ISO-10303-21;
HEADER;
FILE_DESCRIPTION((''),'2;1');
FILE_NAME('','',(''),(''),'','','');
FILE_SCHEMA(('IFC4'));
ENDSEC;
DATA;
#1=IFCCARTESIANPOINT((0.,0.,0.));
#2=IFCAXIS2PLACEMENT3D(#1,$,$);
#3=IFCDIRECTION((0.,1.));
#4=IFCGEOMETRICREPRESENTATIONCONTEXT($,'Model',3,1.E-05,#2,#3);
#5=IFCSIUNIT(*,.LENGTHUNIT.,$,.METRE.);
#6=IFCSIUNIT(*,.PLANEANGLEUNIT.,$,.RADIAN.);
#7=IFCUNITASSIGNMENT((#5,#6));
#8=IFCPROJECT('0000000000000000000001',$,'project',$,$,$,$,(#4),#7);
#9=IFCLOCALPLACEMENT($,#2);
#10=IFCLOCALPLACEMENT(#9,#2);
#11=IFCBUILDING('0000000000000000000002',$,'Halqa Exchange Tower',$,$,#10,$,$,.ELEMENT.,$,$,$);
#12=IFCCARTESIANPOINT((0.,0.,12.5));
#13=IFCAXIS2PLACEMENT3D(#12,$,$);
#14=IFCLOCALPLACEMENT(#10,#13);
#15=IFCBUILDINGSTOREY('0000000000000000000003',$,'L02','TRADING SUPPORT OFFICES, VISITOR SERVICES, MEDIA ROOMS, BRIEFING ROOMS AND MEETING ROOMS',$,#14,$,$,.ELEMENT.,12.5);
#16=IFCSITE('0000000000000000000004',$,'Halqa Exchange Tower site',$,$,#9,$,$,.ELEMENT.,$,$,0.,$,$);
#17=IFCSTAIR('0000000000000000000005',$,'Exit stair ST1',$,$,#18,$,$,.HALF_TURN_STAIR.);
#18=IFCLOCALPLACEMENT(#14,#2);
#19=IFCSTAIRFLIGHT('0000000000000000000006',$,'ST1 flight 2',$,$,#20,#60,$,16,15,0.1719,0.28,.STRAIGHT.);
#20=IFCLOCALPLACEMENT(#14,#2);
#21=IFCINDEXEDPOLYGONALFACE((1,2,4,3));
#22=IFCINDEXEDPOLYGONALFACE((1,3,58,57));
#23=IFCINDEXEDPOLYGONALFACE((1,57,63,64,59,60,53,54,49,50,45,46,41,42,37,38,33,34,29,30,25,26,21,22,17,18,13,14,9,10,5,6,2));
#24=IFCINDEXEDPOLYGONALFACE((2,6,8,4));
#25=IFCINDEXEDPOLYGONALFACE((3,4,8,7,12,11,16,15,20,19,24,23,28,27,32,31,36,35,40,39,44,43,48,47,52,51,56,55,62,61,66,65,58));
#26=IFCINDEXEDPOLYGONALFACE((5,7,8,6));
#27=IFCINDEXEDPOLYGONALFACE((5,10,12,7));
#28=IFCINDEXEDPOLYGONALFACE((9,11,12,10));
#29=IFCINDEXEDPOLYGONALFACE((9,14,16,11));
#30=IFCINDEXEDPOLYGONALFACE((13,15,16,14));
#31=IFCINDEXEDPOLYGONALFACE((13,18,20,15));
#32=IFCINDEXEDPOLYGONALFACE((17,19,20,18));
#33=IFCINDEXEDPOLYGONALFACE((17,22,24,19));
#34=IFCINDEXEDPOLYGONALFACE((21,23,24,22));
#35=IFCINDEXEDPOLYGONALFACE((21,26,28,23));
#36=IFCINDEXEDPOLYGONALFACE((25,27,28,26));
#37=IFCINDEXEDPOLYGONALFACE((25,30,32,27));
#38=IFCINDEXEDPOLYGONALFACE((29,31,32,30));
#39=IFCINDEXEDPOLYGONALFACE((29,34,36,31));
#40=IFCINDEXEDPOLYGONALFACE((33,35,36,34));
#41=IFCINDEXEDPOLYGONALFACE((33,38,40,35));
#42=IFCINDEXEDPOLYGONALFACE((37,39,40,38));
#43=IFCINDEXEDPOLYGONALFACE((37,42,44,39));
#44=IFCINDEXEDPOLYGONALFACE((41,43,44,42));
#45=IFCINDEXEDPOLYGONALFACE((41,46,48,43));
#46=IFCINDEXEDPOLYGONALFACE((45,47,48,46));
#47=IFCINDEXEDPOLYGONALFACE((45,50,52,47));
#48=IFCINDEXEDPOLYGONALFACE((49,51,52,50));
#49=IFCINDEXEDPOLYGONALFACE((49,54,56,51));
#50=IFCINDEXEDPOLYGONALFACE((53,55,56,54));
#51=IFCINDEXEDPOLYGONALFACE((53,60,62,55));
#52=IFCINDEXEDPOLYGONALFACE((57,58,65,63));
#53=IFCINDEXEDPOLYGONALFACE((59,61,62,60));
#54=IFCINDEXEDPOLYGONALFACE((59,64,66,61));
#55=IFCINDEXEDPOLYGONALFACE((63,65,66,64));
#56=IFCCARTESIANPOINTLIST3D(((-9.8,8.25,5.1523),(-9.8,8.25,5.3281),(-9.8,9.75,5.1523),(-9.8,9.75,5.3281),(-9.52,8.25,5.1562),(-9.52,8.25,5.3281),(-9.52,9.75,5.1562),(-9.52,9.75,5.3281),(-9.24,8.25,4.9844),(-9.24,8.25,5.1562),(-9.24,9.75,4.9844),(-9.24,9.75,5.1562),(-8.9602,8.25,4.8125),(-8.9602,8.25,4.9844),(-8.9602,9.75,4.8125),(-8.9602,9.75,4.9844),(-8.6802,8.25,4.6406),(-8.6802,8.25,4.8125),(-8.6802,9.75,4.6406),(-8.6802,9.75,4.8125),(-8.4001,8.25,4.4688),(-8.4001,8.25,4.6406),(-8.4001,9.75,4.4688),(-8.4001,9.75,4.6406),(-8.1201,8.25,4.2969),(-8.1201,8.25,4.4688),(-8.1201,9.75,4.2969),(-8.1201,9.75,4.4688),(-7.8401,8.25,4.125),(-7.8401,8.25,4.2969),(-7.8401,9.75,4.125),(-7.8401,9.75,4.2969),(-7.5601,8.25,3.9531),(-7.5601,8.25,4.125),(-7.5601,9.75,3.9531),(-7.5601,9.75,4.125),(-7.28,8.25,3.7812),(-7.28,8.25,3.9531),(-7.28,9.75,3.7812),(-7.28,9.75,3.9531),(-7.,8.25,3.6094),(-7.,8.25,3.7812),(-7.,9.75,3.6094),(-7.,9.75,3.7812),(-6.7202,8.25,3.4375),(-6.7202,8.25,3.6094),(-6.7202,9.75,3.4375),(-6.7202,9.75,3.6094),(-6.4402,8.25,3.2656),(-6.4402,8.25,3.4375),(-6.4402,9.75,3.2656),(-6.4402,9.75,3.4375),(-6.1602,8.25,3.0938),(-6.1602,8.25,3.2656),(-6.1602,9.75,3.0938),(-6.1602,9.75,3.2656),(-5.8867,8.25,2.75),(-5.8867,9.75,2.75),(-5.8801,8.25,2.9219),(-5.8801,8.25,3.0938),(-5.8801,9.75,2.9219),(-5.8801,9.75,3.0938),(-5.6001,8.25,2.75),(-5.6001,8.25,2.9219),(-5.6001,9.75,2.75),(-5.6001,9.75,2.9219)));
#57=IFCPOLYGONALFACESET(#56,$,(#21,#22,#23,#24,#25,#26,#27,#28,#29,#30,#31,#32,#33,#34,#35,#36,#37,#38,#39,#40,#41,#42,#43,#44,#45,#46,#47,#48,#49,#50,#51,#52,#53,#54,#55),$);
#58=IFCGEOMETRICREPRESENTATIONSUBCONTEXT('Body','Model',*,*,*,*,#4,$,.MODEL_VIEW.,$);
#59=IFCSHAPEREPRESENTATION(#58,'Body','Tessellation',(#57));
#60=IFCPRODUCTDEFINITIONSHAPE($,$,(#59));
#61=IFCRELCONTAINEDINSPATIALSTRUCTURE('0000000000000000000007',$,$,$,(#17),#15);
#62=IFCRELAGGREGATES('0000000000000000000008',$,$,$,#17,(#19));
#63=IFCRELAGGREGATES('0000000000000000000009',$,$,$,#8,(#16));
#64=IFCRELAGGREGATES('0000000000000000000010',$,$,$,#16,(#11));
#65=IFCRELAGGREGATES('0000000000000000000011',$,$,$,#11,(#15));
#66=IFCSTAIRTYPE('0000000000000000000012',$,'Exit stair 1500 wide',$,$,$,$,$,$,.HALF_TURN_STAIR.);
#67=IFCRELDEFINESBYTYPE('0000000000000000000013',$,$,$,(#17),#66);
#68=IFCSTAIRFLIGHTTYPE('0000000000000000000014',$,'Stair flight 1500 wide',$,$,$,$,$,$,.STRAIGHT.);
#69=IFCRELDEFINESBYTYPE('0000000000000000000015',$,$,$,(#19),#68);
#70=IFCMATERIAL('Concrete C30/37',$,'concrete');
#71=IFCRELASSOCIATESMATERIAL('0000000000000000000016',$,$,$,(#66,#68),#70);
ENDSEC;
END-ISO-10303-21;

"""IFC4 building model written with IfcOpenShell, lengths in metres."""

from ifc_helpers import new_model, si_unit, direction, frame, origin, place, context, subcontext, project, spatial, polyline, outline, extrude, material, type_object, element, aggregate, save


model = new_model("IFC4")

# Units and contexts
model_context = context("Model", 3, precision=1e-05, world=origin(), true_north=direction((0.0, 1.0)))
body_context = subcontext(model_context, "Body", "Model", "MODEL_VIEW")
ifc_project = project(units=[si_unit("LENGTHUNIT", "METRE"), si_unit("PLANEANGLEUNIT", "RADIAN")], contexts=[model_context])

# Site, building, storey
site_placement = place(None, origin())
site = spatial("IfcSite", under=ifc_project, at=site_placement, Name="Halqa Exchange Tower site", CompositionType="ELEMENT", RefElevation=0.0)
building_placement = place(site_placement, origin())
building = spatial("IfcBuilding", under=site, at=building_placement, Name="Halqa Exchange Tower", CompositionType="ELEMENT")
storey_placement = place(building_placement, frame((0.0, 0.0, 12.5)))
storey = spatial("IfcBuildingStorey", under=building, at=storey_placement, Name="L02", Description="TRADING SUPPORT OFFICES, VISITOR SERVICES, MEDIA ROOMS, BRIEFING ROOMS AND MEETING ROOMS", CompositionType="ELEMENT", Elevation=12.5)

# Shared definitions
ifc_material_1 = material(Name="Concrete C30/37", Category="concrete")

# Stair, stair flight
stair_type = type_object("IfcStairType", Name="Exit stair 1500 wide", PredefinedType="HALF_TURN_STAIR", material=ifc_material_1)
stair_placement = place(storey_placement, origin())
stair = element("IfcStair", 1, at=stair_placement, inside=storey, type_object=stair_type, Name="Exit stair ST1", PredefinedType="HALF_TURN_STAIR")
stair_flight_type = type_object("IfcStairFlightType", Name="Stair flight 1500 wide", PredefinedType="STRAIGHT", material=ifc_material_1)
stair_flight_placement = place(storey_placement, frame((-5.6001, 9.0, 2.75), z_axis=(0.0, 0.0, 1.0), x_axis=(-1.0, 0.0, 0.0)))
stair_flight = element("IfcStairFlight", 2, at=stair_flight_placement, type_object=stair_flight_type, Name="ST1 flight 2", NumberOfRisers=16, NumberOfTreads=15, PredefinedType="STRAIGHT", RiserHeight=0.1719, TreadLength=0.28, context=body_context, shape_type="SweptSolid", body=[
    extrude(outline(polyline([(0.0, 0.0), (0.0, 0.1719), (0.28, 0.1719), (0.28, 0.3438), (0.5601, 0.3438), (0.5601, 0.5156), (0.8401, 0.5156), (0.8401, 0.6875), (1.1201, 0.6875), (1.1201, 0.8594), (1.3999, 0.8594), (1.3999, 1.0312), (1.6799, 1.0312), (1.6799, 1.2031), (1.96, 1.2031), (1.96, 1.375), (2.24, 1.375), (2.24, 1.5469), (2.52, 1.5469), (2.52, 1.7188), (2.8, 1.7188), (2.8, 1.8906), (3.0801, 1.8906), (3.0801, 2.0625), (3.3601, 2.0625), (3.3601, 2.2344), (3.6399, 2.2344), (3.6399, 2.4062), (3.9199, 2.4062), (3.9199, 2.5781), (4.2, 2.5781), (4.2, 2.75), (4.2, 2.4023), (0.2866, 0.0), (0.0, 0.0)])), frame((0.0, 0.75, 0.0), z_axis=(0.0, -1.0, 0.0), x_axis=(1.0, 0.0, 0.0)), (0.0, 0.0, 1.0), 1.5),
])
aggregate(stair, [stair_flight])

save(model, "model.ifc")
